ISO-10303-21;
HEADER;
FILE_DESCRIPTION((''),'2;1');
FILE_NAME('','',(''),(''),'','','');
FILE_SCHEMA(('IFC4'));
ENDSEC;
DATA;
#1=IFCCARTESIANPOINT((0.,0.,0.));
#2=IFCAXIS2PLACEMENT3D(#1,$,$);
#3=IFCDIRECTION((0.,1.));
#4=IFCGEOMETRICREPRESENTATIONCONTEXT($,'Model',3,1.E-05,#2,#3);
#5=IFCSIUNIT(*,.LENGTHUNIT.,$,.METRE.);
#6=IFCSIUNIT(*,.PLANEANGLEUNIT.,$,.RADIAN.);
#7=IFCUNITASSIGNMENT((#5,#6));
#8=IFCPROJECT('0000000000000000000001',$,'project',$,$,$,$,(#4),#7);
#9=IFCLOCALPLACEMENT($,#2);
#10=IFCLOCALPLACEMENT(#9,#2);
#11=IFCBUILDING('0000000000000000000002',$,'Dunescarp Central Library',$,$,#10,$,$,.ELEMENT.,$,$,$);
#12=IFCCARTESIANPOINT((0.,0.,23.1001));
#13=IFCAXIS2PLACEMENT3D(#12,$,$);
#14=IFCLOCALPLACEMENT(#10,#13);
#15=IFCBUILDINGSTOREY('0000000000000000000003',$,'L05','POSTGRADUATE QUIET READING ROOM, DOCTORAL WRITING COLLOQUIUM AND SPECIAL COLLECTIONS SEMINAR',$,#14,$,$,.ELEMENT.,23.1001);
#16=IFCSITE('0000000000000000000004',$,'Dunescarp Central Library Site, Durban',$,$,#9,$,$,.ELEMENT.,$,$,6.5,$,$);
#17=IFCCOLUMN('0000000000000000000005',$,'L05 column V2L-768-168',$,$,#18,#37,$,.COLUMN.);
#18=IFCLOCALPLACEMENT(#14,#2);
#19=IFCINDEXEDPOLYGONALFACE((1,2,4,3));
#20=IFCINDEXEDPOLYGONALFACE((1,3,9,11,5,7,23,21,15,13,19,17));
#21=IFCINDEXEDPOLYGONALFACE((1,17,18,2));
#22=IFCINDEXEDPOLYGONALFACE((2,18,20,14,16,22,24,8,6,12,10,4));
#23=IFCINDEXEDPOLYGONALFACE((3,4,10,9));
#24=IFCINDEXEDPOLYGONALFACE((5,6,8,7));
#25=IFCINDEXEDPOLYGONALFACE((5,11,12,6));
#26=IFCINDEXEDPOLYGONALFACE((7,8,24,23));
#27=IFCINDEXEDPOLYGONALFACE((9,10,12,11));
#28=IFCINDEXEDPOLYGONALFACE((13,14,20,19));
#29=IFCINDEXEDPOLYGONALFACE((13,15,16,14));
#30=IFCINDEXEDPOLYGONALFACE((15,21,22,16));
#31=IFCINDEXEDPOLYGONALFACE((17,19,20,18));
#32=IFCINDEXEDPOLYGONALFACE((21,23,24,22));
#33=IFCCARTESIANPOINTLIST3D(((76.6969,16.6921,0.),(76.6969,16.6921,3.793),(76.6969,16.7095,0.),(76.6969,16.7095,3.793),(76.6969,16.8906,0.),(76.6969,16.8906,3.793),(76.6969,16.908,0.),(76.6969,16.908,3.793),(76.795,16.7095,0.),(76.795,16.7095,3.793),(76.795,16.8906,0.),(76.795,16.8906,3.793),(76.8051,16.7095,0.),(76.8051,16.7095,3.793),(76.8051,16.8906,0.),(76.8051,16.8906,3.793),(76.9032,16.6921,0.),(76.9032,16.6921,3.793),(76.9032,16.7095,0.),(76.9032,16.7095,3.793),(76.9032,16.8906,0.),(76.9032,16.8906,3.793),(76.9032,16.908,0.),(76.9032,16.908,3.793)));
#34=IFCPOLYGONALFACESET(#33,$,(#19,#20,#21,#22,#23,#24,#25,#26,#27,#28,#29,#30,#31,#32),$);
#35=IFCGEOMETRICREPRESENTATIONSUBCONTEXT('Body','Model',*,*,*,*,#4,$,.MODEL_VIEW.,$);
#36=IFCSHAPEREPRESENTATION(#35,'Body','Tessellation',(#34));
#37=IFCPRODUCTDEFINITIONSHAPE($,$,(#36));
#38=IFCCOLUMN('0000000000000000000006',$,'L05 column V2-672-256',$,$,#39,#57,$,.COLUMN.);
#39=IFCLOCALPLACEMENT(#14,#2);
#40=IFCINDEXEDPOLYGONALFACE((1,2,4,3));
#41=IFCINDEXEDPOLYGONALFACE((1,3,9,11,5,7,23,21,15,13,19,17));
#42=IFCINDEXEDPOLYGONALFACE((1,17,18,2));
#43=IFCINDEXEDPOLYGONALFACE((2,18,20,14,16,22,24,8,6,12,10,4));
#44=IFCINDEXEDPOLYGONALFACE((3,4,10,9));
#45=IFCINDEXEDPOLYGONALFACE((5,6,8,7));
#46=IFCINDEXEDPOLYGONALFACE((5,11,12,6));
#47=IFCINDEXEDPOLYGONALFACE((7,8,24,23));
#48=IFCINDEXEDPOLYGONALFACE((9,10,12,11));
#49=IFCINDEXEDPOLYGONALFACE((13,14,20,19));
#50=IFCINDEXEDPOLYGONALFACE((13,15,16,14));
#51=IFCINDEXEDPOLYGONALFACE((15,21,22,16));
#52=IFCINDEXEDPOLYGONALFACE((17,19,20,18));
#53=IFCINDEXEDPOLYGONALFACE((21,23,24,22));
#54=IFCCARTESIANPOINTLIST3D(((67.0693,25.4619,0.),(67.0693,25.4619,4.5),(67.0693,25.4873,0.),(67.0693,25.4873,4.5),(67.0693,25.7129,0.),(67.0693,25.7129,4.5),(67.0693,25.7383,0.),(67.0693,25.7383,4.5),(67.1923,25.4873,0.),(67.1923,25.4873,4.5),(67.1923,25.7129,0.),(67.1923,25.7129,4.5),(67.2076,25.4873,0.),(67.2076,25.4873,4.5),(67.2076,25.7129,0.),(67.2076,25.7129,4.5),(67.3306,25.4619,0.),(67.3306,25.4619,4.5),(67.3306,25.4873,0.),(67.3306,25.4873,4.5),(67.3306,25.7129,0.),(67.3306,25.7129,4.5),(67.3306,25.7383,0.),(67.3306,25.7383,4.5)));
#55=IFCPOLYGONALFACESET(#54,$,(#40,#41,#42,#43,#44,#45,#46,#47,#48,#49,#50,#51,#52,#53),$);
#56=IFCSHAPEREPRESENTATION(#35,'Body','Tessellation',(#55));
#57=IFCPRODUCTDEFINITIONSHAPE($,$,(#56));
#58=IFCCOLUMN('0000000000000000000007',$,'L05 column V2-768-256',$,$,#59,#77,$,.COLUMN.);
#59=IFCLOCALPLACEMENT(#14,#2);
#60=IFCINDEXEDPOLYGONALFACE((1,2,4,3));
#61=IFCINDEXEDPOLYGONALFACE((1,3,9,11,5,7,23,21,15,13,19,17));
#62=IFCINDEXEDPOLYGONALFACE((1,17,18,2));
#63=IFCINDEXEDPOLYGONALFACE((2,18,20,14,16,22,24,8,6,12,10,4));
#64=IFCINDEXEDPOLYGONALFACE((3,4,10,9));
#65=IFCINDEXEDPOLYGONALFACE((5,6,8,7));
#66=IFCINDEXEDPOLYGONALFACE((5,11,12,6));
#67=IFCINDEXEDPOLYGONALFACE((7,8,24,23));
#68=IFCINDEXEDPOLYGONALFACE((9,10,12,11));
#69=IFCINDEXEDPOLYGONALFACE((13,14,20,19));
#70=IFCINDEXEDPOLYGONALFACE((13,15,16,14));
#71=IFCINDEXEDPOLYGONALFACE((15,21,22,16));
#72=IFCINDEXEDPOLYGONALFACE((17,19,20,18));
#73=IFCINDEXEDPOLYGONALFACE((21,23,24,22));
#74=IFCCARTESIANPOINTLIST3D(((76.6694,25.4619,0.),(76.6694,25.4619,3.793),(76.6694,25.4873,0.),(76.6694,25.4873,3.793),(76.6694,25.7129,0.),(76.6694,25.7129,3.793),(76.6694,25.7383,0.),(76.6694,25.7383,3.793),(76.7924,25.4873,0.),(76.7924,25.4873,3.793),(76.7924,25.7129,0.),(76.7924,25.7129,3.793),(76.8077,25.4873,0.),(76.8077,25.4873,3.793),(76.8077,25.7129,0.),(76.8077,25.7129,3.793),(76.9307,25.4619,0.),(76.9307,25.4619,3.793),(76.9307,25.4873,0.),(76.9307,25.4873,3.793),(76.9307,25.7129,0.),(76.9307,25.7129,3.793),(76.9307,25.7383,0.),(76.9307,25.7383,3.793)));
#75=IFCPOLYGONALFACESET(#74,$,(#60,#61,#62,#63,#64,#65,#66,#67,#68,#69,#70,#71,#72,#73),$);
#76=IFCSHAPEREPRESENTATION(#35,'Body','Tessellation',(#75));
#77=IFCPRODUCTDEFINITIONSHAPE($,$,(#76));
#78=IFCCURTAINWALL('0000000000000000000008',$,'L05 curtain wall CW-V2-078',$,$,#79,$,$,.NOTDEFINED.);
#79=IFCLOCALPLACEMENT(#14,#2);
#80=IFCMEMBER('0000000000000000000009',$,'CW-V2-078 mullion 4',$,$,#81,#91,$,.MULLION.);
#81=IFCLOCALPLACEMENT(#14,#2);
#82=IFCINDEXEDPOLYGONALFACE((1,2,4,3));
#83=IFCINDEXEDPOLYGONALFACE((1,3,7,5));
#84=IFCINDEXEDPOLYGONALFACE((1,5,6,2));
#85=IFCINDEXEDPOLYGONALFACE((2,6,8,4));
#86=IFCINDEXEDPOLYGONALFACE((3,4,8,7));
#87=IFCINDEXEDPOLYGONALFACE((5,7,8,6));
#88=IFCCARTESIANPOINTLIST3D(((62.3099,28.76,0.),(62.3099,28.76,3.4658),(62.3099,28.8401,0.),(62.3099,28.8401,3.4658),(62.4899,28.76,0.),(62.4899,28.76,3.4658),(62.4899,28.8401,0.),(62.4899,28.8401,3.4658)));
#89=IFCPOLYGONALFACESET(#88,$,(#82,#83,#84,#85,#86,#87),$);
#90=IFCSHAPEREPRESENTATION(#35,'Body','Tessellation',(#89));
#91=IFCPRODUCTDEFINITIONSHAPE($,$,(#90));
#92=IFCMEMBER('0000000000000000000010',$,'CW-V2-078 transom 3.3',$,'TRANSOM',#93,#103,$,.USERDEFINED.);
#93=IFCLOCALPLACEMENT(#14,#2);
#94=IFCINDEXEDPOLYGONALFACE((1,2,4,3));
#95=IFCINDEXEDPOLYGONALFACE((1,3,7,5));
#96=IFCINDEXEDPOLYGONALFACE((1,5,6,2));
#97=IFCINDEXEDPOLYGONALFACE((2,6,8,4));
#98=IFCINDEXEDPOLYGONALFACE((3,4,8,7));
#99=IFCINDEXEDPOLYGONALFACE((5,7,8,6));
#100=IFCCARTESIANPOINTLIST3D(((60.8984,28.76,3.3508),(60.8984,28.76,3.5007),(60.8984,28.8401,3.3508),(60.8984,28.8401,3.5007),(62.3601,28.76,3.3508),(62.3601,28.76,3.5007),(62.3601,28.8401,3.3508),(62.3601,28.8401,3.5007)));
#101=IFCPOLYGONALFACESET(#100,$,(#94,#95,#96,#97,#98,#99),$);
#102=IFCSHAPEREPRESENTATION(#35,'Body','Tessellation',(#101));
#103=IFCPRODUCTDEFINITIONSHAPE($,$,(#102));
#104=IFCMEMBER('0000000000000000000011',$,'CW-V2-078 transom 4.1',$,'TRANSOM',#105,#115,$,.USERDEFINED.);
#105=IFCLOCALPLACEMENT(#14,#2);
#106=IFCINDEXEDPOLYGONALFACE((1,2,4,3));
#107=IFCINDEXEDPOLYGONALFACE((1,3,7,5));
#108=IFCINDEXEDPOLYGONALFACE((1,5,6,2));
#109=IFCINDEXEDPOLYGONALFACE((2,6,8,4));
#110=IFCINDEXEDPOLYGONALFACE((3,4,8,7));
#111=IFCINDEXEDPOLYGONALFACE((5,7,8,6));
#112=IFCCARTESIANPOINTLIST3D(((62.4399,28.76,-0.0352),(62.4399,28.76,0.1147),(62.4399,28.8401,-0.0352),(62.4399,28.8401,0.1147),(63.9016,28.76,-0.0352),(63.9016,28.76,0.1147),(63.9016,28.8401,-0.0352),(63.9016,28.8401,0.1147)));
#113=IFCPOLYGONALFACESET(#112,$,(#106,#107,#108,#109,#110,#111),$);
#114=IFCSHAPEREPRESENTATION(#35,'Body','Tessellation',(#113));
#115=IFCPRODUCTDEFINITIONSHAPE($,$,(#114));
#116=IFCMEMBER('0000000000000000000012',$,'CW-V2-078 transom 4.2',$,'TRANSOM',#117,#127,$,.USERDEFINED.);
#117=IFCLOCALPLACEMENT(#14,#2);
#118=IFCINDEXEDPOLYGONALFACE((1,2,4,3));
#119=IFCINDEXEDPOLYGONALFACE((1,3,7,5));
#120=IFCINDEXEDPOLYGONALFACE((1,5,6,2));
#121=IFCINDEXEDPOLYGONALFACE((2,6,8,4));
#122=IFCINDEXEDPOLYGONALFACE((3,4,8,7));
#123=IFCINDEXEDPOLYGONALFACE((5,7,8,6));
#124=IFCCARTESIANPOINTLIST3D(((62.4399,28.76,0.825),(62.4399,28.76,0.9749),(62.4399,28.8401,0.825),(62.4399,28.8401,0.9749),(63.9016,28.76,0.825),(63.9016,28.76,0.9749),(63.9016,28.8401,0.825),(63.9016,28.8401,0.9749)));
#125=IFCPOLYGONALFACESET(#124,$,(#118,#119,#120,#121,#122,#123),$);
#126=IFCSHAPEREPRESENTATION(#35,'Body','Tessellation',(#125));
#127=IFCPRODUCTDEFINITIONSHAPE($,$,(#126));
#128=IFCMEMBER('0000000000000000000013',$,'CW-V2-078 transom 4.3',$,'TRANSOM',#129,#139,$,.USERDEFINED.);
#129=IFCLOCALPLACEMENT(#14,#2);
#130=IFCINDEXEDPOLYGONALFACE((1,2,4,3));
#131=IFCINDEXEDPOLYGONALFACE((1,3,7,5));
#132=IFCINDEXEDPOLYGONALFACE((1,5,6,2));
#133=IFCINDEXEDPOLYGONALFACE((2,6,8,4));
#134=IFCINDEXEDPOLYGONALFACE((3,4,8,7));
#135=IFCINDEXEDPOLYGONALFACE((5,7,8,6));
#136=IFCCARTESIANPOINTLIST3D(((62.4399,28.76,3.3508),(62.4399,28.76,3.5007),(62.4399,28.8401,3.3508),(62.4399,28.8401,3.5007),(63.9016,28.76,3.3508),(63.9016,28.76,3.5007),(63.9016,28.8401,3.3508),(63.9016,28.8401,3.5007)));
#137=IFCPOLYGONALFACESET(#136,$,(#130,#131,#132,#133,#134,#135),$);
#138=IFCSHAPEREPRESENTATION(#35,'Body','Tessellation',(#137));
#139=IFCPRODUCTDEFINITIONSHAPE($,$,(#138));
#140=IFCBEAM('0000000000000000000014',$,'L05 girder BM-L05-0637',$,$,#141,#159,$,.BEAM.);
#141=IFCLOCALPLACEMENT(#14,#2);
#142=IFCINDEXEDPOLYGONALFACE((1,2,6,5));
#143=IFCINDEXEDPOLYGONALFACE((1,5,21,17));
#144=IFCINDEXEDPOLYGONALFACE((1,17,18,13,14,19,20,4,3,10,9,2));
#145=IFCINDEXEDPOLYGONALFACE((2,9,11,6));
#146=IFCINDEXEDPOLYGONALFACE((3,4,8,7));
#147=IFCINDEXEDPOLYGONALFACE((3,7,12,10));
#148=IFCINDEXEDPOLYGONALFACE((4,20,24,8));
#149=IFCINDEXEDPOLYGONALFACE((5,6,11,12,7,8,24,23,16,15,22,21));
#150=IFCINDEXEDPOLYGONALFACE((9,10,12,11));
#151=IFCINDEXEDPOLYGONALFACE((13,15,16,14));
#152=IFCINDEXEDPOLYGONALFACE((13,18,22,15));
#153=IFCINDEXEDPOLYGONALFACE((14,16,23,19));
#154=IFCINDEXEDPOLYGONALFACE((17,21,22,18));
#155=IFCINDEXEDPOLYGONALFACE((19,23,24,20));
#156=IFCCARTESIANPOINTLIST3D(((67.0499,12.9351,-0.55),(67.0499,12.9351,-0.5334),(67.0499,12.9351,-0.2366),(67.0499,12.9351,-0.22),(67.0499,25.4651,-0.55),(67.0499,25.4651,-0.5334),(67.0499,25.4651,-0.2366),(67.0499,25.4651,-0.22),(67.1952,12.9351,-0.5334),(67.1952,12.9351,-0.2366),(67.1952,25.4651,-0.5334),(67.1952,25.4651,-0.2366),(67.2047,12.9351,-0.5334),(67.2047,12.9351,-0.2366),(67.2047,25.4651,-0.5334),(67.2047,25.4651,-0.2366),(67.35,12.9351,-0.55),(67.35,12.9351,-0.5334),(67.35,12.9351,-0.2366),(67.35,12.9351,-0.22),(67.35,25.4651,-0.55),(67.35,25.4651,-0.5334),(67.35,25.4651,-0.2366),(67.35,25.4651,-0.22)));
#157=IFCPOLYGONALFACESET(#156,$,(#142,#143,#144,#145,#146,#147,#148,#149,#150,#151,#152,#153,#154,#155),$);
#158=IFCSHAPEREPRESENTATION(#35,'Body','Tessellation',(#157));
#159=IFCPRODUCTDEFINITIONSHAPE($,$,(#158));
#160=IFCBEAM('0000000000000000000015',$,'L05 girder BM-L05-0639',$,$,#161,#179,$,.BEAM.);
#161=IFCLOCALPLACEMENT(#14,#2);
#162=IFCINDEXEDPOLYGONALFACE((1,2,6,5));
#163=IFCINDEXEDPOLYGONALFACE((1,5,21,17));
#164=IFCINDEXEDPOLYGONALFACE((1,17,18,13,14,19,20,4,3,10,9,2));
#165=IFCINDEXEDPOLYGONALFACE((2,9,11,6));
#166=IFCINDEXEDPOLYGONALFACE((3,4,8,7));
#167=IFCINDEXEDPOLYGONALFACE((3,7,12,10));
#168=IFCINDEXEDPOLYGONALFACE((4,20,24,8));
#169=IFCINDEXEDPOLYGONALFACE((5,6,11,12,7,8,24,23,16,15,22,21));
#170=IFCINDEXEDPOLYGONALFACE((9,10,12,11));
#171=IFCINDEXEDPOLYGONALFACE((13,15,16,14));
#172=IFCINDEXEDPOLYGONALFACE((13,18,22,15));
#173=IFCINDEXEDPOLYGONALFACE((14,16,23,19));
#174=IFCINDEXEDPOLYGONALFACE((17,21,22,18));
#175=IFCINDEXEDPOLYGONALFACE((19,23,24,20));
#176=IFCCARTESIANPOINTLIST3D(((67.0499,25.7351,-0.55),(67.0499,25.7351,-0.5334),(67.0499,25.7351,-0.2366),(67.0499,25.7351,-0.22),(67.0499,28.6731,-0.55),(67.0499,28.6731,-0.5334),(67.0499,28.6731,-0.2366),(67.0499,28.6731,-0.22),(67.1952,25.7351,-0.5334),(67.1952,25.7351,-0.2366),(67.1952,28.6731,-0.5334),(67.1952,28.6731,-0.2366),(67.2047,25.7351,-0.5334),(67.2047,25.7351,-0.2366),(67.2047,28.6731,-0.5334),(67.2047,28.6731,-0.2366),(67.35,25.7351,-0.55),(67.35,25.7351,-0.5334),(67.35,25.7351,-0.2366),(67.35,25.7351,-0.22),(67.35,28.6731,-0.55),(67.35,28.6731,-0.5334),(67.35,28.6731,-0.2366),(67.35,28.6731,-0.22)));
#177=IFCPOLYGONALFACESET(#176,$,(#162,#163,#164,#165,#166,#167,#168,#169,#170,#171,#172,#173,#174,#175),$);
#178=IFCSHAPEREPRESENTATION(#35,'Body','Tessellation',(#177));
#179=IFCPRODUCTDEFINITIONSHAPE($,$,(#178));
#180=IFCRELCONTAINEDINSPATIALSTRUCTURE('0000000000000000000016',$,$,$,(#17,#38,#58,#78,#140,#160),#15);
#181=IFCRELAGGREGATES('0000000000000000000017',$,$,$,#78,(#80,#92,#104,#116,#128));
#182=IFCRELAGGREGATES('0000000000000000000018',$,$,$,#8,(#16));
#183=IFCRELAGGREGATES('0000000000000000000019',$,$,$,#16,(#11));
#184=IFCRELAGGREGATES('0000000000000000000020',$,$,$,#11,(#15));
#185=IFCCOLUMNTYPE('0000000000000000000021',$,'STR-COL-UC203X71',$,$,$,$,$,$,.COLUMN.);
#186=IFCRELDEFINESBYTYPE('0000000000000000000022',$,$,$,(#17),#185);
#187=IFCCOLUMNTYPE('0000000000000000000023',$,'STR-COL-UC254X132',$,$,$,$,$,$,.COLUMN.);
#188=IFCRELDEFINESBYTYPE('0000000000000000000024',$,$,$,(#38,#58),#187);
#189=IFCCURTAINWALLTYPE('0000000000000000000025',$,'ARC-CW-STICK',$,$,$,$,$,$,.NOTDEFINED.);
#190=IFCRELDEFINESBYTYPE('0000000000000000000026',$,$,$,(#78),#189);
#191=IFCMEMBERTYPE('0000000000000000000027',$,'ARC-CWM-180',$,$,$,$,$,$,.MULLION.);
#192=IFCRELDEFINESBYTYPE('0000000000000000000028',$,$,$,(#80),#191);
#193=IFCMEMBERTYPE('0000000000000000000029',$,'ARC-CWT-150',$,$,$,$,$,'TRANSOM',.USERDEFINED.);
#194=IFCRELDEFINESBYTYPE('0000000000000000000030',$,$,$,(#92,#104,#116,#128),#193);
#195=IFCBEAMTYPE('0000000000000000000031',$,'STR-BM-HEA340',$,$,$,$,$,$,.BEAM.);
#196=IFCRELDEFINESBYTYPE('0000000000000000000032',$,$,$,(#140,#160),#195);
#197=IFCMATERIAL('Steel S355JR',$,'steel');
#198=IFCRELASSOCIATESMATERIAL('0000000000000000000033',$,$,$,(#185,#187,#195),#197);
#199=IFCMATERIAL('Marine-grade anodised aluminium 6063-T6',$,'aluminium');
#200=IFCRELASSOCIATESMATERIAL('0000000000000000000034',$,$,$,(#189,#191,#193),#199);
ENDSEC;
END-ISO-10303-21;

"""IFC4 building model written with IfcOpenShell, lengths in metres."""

from ifc_helpers import new_model, si_unit, direction, frame, origin, origin_2d, place, context, subcontext, project, spatial, rectangle, i_section, extrude, material, material_profile, profile_set, type_object, element, aggregate, save


model = new_model("IFC4")

# Units and contexts
model_context = context("Model", 3, precision=1e-05, world=origin(), true_north=direction((0.0, 1.0)))
body_context = subcontext(model_context, "Body", "Model", "MODEL_VIEW")
ifc_project = project(units=[si_unit("LENGTHUNIT", "METRE"), si_unit("PLANEANGLEUNIT", "RADIAN")], contexts=[model_context])

# Site, building, storey
site_placement = place(None, origin())
site = spatial("IfcSite", under=ifc_project, at=site_placement, Name="Dunescarp Central Library Site, Durban", CompositionType="ELEMENT", RefElevation=6.5)
building_placement = place(site_placement, origin())
building = spatial("IfcBuilding", under=site, at=building_placement, Name="Dunescarp Central Library", CompositionType="ELEMENT")
storey_placement = place(building_placement, frame((0.0, 0.0, 23.1001)))
storey = spatial("IfcBuildingStorey", under=building, at=storey_placement, Name="L05", Description="POSTGRADUATE QUIET READING ROOM, DOCTORAL WRITING COLLOQUIUM AND SPECIAL COLLECTIONS SEMINAR", CompositionType="ELEMENT", Elevation=23.1001)

# Columns
ifc_material_1 = material(Name="Steel S355JR", Category="steel")
ifc_material_profile_1 = material_profile(ifc_material_1, i_section(OverallWidth=0.2063, OverallDepth=0.2158, WebThickness=0.01, FlangeThickness=0.0173, at=origin_2d()), Name="UC 203x203x71")
ifc_profile_set_1 = profile_set([ifc_material_profile_1], Name="Steel S355JR")
column_type_1 = type_object("IfcColumnType", Name="STR-COL-UC203X71", PredefinedType="COLUMN", material=ifc_profile_set_1)
column_1_placement = place(storey_placement, frame((76.8, 16.8, 0.0), z_axis=(0.0, 0.0, 1.0), x_axis=(1.0, 0.0, 0.0)))
element("IfcColumn", 1, at=column_1_placement, inside=storey, type_object=column_type_1, Name="L05 column V2L-768-168", PredefinedType="COLUMN", context=body_context, shape_type="SweptSolid", body=[
    extrude(i_section(OverallWidth=0.2063, OverallDepth=0.2158, WebThickness=0.01, FlangeThickness=0.0173, at=origin_2d()), origin(), (0.0, 0.0, 1.0), 3.793),
])
ifc_material_profile_2 = material_profile(ifc_material_1, i_section(OverallWidth=0.2612, OverallDepth=0.2764, WebThickness=0.0154, FlangeThickness=0.0254, at=origin_2d()), Name="UC 254x254x132")
ifc_profile_set_2 = profile_set([ifc_material_profile_2], Name="Steel S355JR")
column_type_2 = type_object("IfcColumnType", Name="STR-COL-UC254X132", PredefinedType="COLUMN", material=ifc_profile_set_2)
column_2_placement = place(storey_placement, frame((67.2, 25.6001, 0.0), z_axis=(0.0, 0.0, 1.0), x_axis=(1.0, 0.0, 0.0)))
element("IfcColumn", 2, at=column_2_placement, inside=storey, type_object=column_type_2, Name="L05 column V2-672-256", PredefinedType="COLUMN", context=body_context, shape_type="SweptSolid", body=[
    extrude(i_section(OverallWidth=0.2612, OverallDepth=0.2764, WebThickness=0.0154, FlangeThickness=0.0254, at=origin_2d()), origin(), (0.0, 0.0, 1.0), 4.5),
])
column_3_placement = place(storey_placement, frame((76.8, 25.6001, 0.0), z_axis=(0.0, 0.0, 1.0), x_axis=(1.0, 0.0, 0.0)))
element("IfcColumn", 3, at=column_3_placement, inside=storey, type_object=column_type_2, Name="L05 column V2-768-256", PredefinedType="COLUMN", context=body_context, shape_type="SweptSolid", body=[
    extrude(i_section(OverallWidth=0.2612, OverallDepth=0.2764, WebThickness=0.0154, FlangeThickness=0.0254, at=origin_2d()), origin(), (0.0, 0.0, 1.0), 3.793),
])

# Curtain wall, members
ifc_material_2 = material(Name="Marine-grade anodised aluminium 6063-T6", Category="aluminium")
curtain_wall_type = type_object("IfcCurtainWallType", Name="ARC-CW-STICK", PredefinedType="NOTDEFINED", material=ifc_material_2)
curtain_wall_placement = place(storey_placement, origin())
curtain_wall = element("IfcCurtainWall", 4, at=curtain_wall_placement, inside=storey, type_object=curtain_wall_type, Name="L05 curtain wall CW-V2-078", PredefinedType="NOTDEFINED")
ifc_material_profile_3 = material_profile(ifc_material_2, rectangle(XDim=0.0801, YDim=0.1799, at=origin_2d()), Name="AL 80x180")
ifc_profile_set_3 = profile_set([ifc_material_profile_3], Name="Marine-grade anodised aluminium 6063-T6")
member_type_1 = type_object("IfcMemberType", Name="ARC-CWM-180", PredefinedType="MULLION", material=ifc_profile_set_3)
member_1_placement = place(storey_placement, frame((62.3999, 28.8, 0.0), z_axis=(0.0, 0.0, 1.0), x_axis=(0.0, 1.0, 0.0)))
member_1 = element("IfcMember", 5, at=member_1_placement, type_object=member_type_1, Name="CW-V2-078 mullion 4", PredefinedType="MULLION", context=body_context, shape_type="SweptSolid", body=[
    extrude(rectangle(XDim=0.0801, YDim=0.1799, at=origin_2d()), origin(), (0.0, 0.0, 1.0), 3.4658),
])
ifc_material_profile_4 = material_profile(ifc_material_2, rectangle(XDim=0.0801, YDim=0.1499, at=origin_2d()), Name="AL 80x150")
ifc_profile_set_4 = profile_set([ifc_material_profile_4], Name="Marine-grade anodised aluminium 6063-T6")
member_type_2 = type_object("IfcMemberType", Name="ARC-CWT-150", ElementType="TRANSOM", PredefinedType="USERDEFINED", material=ifc_profile_set_4)
member_2_placement = place(storey_placement, frame((60.8984, 28.8, 3.4258), z_axis=(1.0, 0.0, 0.0), x_axis=(0.0, 1.0, 0.0)))
member_2 = element("IfcMember", 6, at=member_2_placement, type_object=member_type_2, Name="CW-V2-078 transom 3.3", ObjectType="TRANSOM", PredefinedType="USERDEFINED", context=body_context, shape_type="SweptSolid", body=[
    extrude(rectangle(XDim=0.0801, YDim=0.1499, at=origin_2d()), origin(), (0.0, 0.0, 1.0), 1.4617),
])
member_3_placement = place(storey_placement, frame((62.4399, 28.8, 0.0398), z_axis=(1.0, 0.0, 0.0), x_axis=(0.0, 1.0, 0.0)))
member_3 = element("IfcMember", 7, at=member_3_placement, type_object=member_type_2, Name="CW-V2-078 transom 4.1", ObjectType="TRANSOM", PredefinedType="USERDEFINED", context=body_context, shape_type="SweptSolid", body=[
    extrude(rectangle(XDim=0.0801, YDim=0.1499, at=origin_2d()), origin(), (0.0, 0.0, 1.0), 1.4617),
])
member_4_placement = place(storey_placement, frame((62.4399, 28.8, 0.8999), z_axis=(1.0, 0.0, 0.0), x_axis=(0.0, 1.0, 0.0)))
member_4 = element("IfcMember", 8, at=member_4_placement, type_object=member_type_2, Name="CW-V2-078 transom 4.2", ObjectType="TRANSOM", PredefinedType="USERDEFINED", context=body_context, shape_type="SweptSolid", body=[
    extrude(rectangle(XDim=0.0801, YDim=0.1499, at=origin_2d()), origin(), (0.0, 0.0, 1.0), 1.4617),
])
member_5_placement = place(storey_placement, frame((62.4399, 28.8, 3.4258), z_axis=(1.0, 0.0, 0.0), x_axis=(0.0, 1.0, 0.0)))
member_5 = element("IfcMember", 9, at=member_5_placement, type_object=member_type_2, Name="CW-V2-078 transom 4.3", ObjectType="TRANSOM", PredefinedType="USERDEFINED", context=body_context, shape_type="SweptSolid", body=[
    extrude(rectangle(XDim=0.0801, YDim=0.1499, at=origin_2d()), origin(), (0.0, 0.0, 1.0), 1.4617),
])

# Beams
ifc_material_profile_5 = material_profile(ifc_material_1, i_section(OverallWidth=0.3, OverallDepth=0.3301, WebThickness=0.0095, FlangeThickness=0.0166, at=origin_2d()), Name="HEA 340")
ifc_profile_set_5 = profile_set([ifc_material_profile_5], Name="Steel S355JR")
beam_type_1 = type_object("IfcBeamType", Name="STR-BM-HEA340", PredefinedType="BEAM", material=ifc_profile_set_5)
beam_1_placement = place(storey_placement, frame((67.2, 12.9351, -0.385), z_axis=(0.0, 1.0, 0.0), x_axis=(-1.0, 0.0, 0.0)))
element("IfcBeam", 10, at=beam_1_placement, inside=storey, type_object=beam_type_1, Name="L05 girder BM-L05-0637", PredefinedType="BEAM", context=body_context, shape_type="SweptSolid", body=[
    extrude(i_section(OverallWidth=0.3, OverallDepth=0.3301, WebThickness=0.0095, FlangeThickness=0.0166, at=origin_2d()), origin(), (0.0, 0.0, 1.0), 12.53),
])
beam_2_placement = place(storey_placement, frame((67.2, 25.7351, -0.385), z_axis=(0.0, 1.0, 0.0), x_axis=(-1.0, 0.0, 0.0)))
element("IfcBeam", 11, at=beam_2_placement, inside=storey, type_object=beam_type_1, Name="L05 girder BM-L05-0639", PredefinedType="BEAM", context=body_context, shape_type="SweptSolid", body=[
    extrude(i_section(OverallWidth=0.3, OverallDepth=0.3301, WebThickness=0.0095, FlangeThickness=0.0166, at=origin_2d()), origin(), (0.0, 0.0, 1.0), 2.938),
])

aggregate(curtain_wall, [member_1, member_2, member_3, member_4, member_5])

save(model, "model.ifc")
